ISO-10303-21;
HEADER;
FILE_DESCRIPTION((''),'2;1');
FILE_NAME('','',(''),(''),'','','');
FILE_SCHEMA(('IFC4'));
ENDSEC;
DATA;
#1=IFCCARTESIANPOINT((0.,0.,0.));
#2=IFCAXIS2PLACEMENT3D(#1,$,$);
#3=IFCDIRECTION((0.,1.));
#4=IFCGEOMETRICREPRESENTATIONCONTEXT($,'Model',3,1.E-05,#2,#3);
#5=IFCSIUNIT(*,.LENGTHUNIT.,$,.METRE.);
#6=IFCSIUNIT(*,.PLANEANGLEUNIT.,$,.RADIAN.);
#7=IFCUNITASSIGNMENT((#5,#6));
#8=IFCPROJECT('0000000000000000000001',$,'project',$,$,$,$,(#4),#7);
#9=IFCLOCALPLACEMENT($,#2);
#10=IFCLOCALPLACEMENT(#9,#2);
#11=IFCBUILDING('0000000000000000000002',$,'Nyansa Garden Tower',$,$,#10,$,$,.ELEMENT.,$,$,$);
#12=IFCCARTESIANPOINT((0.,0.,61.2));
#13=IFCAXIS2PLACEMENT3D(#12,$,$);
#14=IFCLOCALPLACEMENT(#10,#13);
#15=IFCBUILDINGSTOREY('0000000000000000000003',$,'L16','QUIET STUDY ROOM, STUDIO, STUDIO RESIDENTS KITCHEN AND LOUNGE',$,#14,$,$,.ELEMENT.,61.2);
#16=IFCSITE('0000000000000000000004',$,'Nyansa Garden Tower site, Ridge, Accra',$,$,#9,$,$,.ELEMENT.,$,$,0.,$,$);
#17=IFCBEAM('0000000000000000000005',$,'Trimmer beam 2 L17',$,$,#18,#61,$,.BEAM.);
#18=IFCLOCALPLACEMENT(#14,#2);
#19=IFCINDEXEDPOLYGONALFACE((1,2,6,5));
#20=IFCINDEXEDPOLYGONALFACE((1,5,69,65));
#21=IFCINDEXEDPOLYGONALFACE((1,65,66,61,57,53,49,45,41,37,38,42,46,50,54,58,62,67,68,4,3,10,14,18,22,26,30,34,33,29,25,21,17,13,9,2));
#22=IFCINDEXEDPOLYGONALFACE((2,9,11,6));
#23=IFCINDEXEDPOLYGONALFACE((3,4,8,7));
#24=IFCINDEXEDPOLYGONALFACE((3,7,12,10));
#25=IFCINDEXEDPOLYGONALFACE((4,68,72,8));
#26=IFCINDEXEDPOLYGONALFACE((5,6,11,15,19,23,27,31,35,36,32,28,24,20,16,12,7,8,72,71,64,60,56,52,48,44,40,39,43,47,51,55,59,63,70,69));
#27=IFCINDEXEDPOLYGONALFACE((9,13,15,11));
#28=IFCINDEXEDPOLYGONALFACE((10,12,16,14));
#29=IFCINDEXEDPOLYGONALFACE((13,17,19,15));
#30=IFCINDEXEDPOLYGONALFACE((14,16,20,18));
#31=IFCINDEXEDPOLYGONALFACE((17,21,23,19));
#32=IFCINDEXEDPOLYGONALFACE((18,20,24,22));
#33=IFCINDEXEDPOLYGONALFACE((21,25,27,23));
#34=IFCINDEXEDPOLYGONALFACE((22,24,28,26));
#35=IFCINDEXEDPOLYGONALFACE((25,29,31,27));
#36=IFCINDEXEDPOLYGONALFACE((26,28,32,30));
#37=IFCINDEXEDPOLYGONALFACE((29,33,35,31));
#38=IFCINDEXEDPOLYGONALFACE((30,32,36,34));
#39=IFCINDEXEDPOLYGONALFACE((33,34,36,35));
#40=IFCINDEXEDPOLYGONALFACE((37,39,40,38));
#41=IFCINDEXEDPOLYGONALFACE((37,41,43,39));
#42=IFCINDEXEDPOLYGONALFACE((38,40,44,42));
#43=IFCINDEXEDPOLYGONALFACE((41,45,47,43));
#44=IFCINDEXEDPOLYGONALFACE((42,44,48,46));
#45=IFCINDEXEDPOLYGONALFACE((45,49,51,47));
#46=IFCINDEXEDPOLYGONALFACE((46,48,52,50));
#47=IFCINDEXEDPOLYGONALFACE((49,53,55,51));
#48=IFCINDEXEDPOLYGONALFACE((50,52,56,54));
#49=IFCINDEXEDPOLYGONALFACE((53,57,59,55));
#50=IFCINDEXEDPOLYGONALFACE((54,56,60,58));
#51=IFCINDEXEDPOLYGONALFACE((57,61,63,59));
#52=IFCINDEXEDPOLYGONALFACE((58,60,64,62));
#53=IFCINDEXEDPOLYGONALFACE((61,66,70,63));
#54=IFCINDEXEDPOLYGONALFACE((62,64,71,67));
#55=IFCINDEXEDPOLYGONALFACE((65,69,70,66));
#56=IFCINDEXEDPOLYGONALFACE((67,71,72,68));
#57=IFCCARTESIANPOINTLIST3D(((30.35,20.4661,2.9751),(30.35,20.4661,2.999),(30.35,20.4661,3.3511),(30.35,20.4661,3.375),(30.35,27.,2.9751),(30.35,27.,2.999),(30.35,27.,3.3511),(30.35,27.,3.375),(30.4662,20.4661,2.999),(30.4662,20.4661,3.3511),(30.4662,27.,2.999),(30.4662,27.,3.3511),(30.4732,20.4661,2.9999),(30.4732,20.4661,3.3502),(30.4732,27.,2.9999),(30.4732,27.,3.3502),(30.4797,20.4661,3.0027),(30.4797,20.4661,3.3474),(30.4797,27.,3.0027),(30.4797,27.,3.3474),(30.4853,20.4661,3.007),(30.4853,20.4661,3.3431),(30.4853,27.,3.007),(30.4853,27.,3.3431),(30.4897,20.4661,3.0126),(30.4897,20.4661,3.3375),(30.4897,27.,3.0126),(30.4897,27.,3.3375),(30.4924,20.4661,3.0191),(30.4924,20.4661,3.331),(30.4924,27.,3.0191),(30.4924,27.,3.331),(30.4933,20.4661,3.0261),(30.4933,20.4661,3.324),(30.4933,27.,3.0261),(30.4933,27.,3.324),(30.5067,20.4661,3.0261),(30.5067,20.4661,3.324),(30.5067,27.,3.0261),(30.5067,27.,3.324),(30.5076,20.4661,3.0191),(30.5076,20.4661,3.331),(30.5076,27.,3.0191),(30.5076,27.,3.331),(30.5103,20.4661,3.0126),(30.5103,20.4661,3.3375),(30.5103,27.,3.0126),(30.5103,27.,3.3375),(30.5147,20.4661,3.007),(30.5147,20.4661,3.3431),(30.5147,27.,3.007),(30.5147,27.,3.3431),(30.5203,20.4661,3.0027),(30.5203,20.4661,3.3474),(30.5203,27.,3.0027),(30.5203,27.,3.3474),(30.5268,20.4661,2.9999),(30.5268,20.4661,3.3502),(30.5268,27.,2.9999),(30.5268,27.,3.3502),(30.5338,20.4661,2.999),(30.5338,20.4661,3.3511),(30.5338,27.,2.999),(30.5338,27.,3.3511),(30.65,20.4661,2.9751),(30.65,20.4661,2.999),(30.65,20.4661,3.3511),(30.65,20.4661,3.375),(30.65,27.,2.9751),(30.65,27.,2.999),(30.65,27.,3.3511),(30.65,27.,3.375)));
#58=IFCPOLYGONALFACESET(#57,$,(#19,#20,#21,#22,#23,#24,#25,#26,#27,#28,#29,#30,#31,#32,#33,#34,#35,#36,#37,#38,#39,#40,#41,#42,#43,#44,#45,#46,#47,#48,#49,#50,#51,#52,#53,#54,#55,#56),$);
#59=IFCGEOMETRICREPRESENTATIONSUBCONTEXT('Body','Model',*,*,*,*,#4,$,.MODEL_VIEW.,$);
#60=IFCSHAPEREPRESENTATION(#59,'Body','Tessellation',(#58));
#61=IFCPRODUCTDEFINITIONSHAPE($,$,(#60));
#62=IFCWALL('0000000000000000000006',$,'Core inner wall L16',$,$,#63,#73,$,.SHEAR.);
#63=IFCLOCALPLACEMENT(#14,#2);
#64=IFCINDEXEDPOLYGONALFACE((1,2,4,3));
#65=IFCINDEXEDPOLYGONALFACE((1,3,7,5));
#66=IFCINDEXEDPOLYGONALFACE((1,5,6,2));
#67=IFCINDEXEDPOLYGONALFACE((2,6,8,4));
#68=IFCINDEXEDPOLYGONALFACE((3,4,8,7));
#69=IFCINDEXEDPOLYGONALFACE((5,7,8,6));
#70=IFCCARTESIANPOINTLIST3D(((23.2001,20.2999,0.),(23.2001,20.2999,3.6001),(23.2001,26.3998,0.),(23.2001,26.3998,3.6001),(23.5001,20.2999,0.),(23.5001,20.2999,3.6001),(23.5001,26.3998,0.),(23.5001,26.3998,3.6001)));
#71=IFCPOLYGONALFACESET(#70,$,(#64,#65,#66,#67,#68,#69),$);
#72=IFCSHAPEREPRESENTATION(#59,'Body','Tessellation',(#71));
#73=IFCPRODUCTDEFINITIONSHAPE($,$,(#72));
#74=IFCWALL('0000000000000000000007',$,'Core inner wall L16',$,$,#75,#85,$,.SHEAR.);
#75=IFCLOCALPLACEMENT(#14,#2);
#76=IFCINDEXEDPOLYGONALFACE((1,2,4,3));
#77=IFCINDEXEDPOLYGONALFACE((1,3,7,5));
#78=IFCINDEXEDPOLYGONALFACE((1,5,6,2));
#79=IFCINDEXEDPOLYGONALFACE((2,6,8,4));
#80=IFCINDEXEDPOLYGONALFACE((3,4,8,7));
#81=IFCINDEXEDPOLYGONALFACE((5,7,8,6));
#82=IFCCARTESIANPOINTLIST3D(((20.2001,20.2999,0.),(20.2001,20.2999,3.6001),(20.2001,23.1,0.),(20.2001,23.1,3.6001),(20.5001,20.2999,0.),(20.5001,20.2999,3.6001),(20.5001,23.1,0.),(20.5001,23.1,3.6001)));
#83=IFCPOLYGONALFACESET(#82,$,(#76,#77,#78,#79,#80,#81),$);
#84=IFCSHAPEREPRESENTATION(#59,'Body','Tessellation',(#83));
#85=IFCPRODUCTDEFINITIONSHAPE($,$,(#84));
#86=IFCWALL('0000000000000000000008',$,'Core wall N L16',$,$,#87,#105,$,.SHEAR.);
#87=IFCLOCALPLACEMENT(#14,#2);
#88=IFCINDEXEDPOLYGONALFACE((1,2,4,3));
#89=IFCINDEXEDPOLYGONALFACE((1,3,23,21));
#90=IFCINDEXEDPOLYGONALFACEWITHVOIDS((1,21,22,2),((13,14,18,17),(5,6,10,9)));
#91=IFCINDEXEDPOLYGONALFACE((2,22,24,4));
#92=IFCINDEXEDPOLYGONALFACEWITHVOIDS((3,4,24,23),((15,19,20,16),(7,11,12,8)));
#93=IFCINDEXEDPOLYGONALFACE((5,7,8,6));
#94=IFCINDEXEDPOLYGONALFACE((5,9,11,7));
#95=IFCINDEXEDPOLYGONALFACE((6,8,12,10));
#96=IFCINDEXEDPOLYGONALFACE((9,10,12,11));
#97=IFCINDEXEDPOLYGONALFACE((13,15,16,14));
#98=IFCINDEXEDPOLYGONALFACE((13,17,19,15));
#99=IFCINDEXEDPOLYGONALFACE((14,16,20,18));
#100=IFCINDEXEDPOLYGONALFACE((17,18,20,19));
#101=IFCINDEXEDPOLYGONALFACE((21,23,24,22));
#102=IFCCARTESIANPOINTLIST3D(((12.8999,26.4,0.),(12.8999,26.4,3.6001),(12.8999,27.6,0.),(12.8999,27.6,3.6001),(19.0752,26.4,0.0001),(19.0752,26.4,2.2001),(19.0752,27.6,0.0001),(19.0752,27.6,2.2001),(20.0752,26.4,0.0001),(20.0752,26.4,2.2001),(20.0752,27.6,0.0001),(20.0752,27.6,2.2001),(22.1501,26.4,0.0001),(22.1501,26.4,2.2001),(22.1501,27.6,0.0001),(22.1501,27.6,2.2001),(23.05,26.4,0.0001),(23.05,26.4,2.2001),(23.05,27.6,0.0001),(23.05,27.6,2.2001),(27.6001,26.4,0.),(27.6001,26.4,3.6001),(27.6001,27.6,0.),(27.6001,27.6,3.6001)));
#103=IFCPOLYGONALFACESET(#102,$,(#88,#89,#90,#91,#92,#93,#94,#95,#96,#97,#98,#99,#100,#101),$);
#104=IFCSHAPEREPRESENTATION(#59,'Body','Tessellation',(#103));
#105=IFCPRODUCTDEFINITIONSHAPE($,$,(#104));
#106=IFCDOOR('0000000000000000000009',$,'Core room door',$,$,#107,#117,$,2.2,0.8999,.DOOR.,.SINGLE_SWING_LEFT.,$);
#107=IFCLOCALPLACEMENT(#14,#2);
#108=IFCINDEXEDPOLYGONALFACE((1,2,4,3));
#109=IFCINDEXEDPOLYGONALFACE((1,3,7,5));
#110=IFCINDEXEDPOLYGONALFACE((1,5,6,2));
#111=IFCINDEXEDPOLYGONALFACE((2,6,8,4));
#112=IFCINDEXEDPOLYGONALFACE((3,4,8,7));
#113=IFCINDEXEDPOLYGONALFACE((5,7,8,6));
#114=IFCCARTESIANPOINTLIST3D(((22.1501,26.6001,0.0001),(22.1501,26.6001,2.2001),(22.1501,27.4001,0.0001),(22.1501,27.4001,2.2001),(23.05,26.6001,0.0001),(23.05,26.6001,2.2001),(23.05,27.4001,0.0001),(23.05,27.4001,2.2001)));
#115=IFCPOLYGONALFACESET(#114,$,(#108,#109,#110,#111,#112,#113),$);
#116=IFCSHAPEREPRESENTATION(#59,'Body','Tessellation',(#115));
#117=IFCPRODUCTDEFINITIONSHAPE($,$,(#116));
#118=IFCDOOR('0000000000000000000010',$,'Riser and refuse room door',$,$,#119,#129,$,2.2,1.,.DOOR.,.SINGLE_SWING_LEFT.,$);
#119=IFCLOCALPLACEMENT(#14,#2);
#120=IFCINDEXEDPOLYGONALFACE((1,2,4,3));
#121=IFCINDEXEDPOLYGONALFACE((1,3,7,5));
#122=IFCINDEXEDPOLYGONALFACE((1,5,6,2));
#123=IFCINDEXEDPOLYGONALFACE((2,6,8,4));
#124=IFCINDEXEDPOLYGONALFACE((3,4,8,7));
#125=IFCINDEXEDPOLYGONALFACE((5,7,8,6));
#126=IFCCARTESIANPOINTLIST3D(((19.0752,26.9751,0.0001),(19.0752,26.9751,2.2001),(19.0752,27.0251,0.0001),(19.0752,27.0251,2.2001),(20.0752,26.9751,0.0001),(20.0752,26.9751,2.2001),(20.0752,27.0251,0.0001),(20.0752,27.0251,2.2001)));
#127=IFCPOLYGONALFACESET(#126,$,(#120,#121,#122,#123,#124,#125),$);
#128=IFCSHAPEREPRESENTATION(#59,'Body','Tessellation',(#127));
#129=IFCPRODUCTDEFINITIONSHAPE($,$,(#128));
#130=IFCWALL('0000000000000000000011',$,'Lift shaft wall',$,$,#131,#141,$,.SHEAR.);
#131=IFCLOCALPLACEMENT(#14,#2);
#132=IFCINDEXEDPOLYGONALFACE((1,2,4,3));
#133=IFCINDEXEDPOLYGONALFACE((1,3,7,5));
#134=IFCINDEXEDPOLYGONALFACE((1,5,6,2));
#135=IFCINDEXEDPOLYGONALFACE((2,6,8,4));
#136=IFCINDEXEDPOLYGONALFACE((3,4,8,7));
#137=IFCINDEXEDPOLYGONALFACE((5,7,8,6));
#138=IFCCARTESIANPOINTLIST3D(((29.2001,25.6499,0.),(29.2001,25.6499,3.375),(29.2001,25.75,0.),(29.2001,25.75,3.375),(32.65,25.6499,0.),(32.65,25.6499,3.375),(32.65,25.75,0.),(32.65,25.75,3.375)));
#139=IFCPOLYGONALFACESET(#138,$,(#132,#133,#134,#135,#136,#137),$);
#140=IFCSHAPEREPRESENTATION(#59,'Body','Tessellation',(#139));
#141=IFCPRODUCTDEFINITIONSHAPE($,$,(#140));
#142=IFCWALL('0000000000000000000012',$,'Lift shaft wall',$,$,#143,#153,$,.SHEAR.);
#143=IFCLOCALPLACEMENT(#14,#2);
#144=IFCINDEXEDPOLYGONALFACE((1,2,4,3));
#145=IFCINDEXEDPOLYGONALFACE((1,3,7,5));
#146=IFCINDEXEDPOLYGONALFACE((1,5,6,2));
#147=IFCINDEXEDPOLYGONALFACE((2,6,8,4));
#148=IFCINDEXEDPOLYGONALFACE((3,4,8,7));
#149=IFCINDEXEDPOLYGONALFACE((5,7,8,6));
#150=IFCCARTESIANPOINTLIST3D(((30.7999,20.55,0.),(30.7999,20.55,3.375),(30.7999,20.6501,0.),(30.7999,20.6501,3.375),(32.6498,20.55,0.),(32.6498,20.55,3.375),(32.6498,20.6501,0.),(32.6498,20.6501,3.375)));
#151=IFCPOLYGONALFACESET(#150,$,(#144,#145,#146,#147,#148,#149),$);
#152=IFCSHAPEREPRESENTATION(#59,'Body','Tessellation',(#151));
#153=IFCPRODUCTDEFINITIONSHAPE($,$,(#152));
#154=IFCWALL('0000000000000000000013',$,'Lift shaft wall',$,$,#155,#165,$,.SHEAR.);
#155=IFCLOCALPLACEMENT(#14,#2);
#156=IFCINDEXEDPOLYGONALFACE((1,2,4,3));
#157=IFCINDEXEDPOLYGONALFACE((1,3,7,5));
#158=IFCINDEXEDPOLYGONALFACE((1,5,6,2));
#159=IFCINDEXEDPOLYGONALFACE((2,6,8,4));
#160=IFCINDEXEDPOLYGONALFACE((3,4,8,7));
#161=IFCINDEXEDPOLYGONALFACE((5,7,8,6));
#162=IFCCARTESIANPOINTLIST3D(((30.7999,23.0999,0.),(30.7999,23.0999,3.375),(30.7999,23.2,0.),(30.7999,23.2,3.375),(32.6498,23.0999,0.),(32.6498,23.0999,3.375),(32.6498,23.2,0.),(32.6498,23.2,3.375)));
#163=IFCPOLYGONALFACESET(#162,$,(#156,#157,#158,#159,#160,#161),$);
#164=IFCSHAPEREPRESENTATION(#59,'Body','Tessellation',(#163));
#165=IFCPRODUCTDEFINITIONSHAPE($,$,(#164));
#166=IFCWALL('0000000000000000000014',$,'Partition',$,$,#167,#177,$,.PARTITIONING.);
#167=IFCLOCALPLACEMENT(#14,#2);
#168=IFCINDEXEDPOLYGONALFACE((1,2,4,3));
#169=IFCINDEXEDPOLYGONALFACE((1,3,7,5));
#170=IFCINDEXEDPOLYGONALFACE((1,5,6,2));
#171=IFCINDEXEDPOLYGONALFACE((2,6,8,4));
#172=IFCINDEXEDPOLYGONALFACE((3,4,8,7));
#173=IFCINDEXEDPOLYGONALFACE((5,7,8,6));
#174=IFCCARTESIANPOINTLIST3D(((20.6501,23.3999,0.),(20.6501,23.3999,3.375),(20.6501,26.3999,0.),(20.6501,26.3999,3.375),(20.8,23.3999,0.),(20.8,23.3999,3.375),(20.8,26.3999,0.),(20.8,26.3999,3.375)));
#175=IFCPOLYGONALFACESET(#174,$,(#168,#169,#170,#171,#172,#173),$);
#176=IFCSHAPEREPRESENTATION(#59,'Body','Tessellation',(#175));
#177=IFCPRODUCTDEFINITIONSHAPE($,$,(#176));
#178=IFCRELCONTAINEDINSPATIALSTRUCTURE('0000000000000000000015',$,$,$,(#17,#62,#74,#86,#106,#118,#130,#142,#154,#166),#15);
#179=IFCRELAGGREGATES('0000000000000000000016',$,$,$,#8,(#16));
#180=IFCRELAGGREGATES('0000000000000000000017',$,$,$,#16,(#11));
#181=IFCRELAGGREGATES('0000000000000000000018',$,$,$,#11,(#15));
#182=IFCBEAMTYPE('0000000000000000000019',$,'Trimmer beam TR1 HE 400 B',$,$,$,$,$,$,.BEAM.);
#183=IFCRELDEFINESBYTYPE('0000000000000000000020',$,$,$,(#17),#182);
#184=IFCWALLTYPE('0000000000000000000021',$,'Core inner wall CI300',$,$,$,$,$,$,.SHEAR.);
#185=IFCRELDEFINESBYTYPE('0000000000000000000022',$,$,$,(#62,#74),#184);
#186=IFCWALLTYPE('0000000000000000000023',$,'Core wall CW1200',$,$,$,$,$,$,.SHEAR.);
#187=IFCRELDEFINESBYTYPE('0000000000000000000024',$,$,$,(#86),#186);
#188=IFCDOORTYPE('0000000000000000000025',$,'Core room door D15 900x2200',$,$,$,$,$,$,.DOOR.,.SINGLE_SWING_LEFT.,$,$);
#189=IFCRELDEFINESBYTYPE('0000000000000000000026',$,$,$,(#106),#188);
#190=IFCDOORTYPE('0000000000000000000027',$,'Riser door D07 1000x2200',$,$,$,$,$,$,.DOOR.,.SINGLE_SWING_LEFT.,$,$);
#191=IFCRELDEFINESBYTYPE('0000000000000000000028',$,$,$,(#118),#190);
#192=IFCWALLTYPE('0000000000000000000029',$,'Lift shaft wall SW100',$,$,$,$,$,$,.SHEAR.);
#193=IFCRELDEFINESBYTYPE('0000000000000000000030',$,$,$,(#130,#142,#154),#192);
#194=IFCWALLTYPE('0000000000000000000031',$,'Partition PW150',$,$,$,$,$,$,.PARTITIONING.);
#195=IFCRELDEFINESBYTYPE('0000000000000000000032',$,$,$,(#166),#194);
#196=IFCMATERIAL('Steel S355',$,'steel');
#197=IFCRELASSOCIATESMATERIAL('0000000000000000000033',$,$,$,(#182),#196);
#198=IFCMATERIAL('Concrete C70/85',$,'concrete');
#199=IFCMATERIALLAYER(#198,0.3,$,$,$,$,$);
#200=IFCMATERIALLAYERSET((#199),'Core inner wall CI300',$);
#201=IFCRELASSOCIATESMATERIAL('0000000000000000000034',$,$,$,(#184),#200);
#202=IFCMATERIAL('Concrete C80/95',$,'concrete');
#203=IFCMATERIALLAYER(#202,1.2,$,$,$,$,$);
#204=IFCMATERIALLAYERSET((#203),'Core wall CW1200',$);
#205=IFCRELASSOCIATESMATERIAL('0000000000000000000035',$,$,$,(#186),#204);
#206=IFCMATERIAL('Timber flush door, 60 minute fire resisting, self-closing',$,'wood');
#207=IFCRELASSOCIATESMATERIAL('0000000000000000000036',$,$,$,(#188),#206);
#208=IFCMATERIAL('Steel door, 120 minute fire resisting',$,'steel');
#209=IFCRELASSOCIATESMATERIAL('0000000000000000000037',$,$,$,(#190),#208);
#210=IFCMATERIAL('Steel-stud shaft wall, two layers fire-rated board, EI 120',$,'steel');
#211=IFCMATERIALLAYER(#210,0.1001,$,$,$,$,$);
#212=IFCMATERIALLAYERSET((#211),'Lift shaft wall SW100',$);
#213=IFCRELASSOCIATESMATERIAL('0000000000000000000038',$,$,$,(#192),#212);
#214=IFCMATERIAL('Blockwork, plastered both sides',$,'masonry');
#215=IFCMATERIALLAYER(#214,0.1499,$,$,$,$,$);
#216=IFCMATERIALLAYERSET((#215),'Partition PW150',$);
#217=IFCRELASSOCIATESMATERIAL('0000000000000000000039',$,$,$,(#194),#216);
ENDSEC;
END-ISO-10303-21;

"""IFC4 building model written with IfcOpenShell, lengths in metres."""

from ifc_helpers import new_model, si_unit, direction, frame, frame_2d, origin, origin_2d, place, context, subcontext, project, spatial, rectangle, i_section, extrude, material, layer, layer_set, material_profile, profile_set, type_object, element, fill, save


model = new_model("IFC4")

# Units and contexts
model_context = context("Model", 3, precision=1e-05, world=origin(), true_north=direction((0.0, 1.0)))
body_context = subcontext(model_context, "Body", "Model", "MODEL_VIEW")
ifc_project = project(units=[si_unit("LENGTHUNIT", "METRE"), si_unit("PLANEANGLEUNIT", "RADIAN")], contexts=[model_context])

# Site, building, storey
site_placement = place(None, origin())
site = spatial("IfcSite", under=ifc_project, at=site_placement, Name="Nyansa Garden Tower site, Ridge, Accra", CompositionType="ELEMENT", RefElevation=0.0)
building_placement = place(site_placement, origin())
building = spatial("IfcBuilding", under=site, at=building_placement, Name="Nyansa Garden Tower", CompositionType="ELEMENT")
storey_placement = place(building_placement, frame((0.0, 0.0, 61.2)))
storey = spatial("IfcBuildingStorey", under=building, at=storey_placement, Name="L16", Description="QUIET STUDY ROOM, STUDIO, STUDIO RESIDENTS KITCHEN AND LOUNGE", CompositionType="ELEMENT", Elevation=61.2)

# Beam
ifc_material_1 = material(Name="Steel S355", Category="steel")
ifc_material_profile_1 = material_profile(ifc_material_1, i_section(OverallWidth=0.3, OverallDepth=0.3999, WebThickness=0.0134, FlangeThickness=0.0239, FilletRadius=0.0271, at=origin_2d()), Name="HE 400 B")
ifc_profile_set_1 = profile_set([ifc_material_profile_1], Name="Steel S355")
beam_type_1 = type_object("IfcBeamType", Name="Trimmer beam TR1 HE 400 B", PredefinedType="BEAM", material=ifc_profile_set_1)
beam_1_placement = place(storey_placement, frame((30.5, 20.4661, 3.175), z_axis=(0.0, 1.0, 0.0), x_axis=(-1.0, 0.0, 0.0)))
element("IfcBeam", 1, at=beam_1_placement, inside=storey, type_object=beam_type_1, Name="Trimmer beam 2 L17", PredefinedType="BEAM", context=body_context, shape_type="SweptSolid", body=[
    extrude(i_section(OverallWidth=0.3, OverallDepth=0.3999, WebThickness=0.0134, FlangeThickness=0.0239, FilletRadius=0.0271, at=origin_2d()), origin(), (0.0, 0.0, 1.0), 6.5339),
])

# Walls
ifc_material_2 = material(Name="Concrete C70/85", Category="concrete")
ifc_layer_1 = layer(ifc_material_2, 0.3)
ifc_layer_set_1 = layer_set([ifc_layer_1], Name="Core inner wall CI300")
wall_type_1 = type_object("IfcWallType", Name="Core inner wall CI300", PredefinedType="SHEAR", material=ifc_layer_set_1)
wall_1_placement = place(storey_placement, frame((23.3501, 20.3, 0.0), z_axis=(0.0, 0.0, 1.0), x_axis=(0.0, 1.0, 0.0)))
element("IfcWall", 2, at=wall_1_placement, inside=storey, type_object=wall_type_1, Name="Core inner wall L16", PredefinedType="SHEAR", context=body_context, shape_type="SweptSolid", body=[
    extrude(rectangle(XDim=6.0999, YDim=0.3, at=frame_2d((3.0498, 0.0))), origin(), (0.0, 0.0, 1.0), 3.6001),
])
wall_2_placement = place(storey_placement, frame((20.3501, 20.3, 0.0), z_axis=(0.0, 0.0, 1.0), x_axis=(0.0, 1.0, 0.0)))
element("IfcWall", 3, at=wall_2_placement, inside=storey, type_object=wall_type_1, Name="Core inner wall L16", PredefinedType="SHEAR", context=body_context, shape_type="SweptSolid", body=[
    extrude(rectangle(XDim=2.8, YDim=0.3, at=frame_2d((1.3999, 0.0))), origin(), (0.0, 0.0, 1.0), 3.6001),
])

# Wall, openings, doors
ifc_material_3 = material(Name="Concrete C80/95", Category="concrete")
ifc_layer_2 = layer(ifc_material_3, 1.2)
ifc_layer_set_2 = layer_set([ifc_layer_2], Name="Core wall CW1200")
wall_type_2 = type_object("IfcWallType", Name="Core wall CW1200", PredefinedType="SHEAR", material=ifc_layer_set_2)
wall_3_placement = place(storey_placement, frame((27.6001, 27.0, 0.0), z_axis=(0.0, 0.0, 1.0), x_axis=(-1.0, 0.0, 0.0)))
wall_3 = element("IfcWall", 4, at=wall_3_placement, inside=storey, type_object=wall_type_2, Name="Core wall N L16", PredefinedType="SHEAR", context=body_context, shape_type="SweptSolid", body=[
    extrude(rectangle(XDim=14.7002, YDim=1.2, at=frame_2d((7.3501, 0.0))), origin(), (0.0, 0.0, 1.0), 3.6001),
])
opening_1_placement = place(wall_3_placement, frame((4.55, 0.0, 0.0)))
opening_1 = element("IfcOpeningElement", 5, at=opening_1_placement, cuts=wall_3, PredefinedType="OPENING", context=body_context, shape_type="SweptSolid", body=[
    extrude(rectangle(XDim=0.8999, YDim=2.2, at=frame_2d((0.45, 1.1001))), frame((0.0, 0.6099, 0.0), z_axis=(0.0, -1.0, 0.0), x_axis=(1.0, 0.0, 0.0)), (0.0, 0.0, 1.0), 1.22),
])
opening_2_placement = place(wall_3_placement, frame((7.5249, 0.0, 0.0)))
opening_2 = element("IfcOpeningElement", 6, at=opening_2_placement, cuts=wall_3, PredefinedType="OPENING", context=body_context, shape_type="SweptSolid", body=[
    extrude(rectangle(XDim=1.0, YDim=2.2, at=frame_2d((0.5, 1.1001))), frame((0.0, 0.6099, 0.0), z_axis=(0.0, -1.0, 0.0), x_axis=(1.0, 0.0, 0.0)), (0.0, 0.0, 1.0), 1.22),
])
ifc_material_4 = material(Name="Timber flush door, 60 minute fire resisting, self-closing", Category="wood")
door_type_1 = type_object("IfcDoorType", Name="Core room door D15 900x2200", OperationType="SINGLE_SWING_LEFT", PredefinedType="DOOR", material=ifc_material_4)
door_1_placement = place(opening_1_placement, origin())
door_1 = element("IfcDoor", 7, at=door_1_placement, inside=storey, type_object=door_type_1, Name="Core room door", OperationType="SINGLE_SWING_LEFT", OverallHeight=2.2, OverallWidth=0.8999, PredefinedType="DOOR", context=body_context, shape_type="SweptSolid", body=[
    extrude(rectangle(XDim=0.8999, YDim=2.2, at=frame_2d((0.45, 1.1001))), frame((0.0, 0.3999, 0.0), z_axis=(0.0, -1.0, 0.0), x_axis=(1.0, 0.0, 0.0)), (0.0, 0.0, 1.0), 0.8),
])
fill(opening_1, door_1)
ifc_material_5 = material(Name="Steel door, 120 minute fire resisting", Category="steel")
door_type_2 = type_object("IfcDoorType", Name="Riser door D07 1000x2200", OperationType="SINGLE_SWING_LEFT", PredefinedType="DOOR", material=ifc_material_5)
door_2_placement = place(opening_2_placement, origin())
door_2 = element("IfcDoor", 8, at=door_2_placement, inside=storey, type_object=door_type_2, Name="Riser and refuse room door", OperationType="SINGLE_SWING_LEFT", OverallHeight=2.2, OverallWidth=1.0, PredefinedType="DOOR", context=body_context, shape_type="SweptSolid", body=[
    extrude(rectangle(XDim=1.0, YDim=2.2, at=frame_2d((0.5, 1.1001))), frame((0.0, 0.0249, 0.0), z_axis=(0.0, -1.0, 0.0), x_axis=(1.0, 0.0, 0.0)), (0.0, 0.0, 1.0), 0.05),
])
fill(opening_2, door_2)

# Walls
ifc_material_6 = material(Name="Steel-stud shaft wall, two layers fire-rated board, EI 120", Category="steel")
ifc_layer_3 = layer(ifc_material_6, 0.1001)
ifc_layer_set_3 = layer_set([ifc_layer_3], Name="Lift shaft wall SW100")
wall_type_3 = type_object("IfcWallType", Name="Lift shaft wall SW100", PredefinedType="SHEAR", material=ifc_layer_set_3)
wall_4_placement = place(storey_placement, frame((29.2, 25.7, 0.0), z_axis=(0.0, 0.0, 1.0), x_axis=(1.0, 0.0, 0.0)))
element("IfcWall", 9, at=wall_4_placement, inside=storey, type_object=wall_type_3, Name="Lift shaft wall", PredefinedType="SHEAR", context=body_context, shape_type="SweptSolid", body=[
    extrude(rectangle(XDim=3.45, YDim=0.1001, at=frame_2d((1.7251, 0.0))), origin(), (0.0, 0.0, 1.0), 3.375),
])
for number, where, z_axis, x_axis, name in (
    (10, (30.8, 20.6001, 0.0), (0.0, 0.0, 1.0), (1.0, 0.0, 0.0), "Lift shaft wall"),
    (11, (30.8, 23.1499, 0.0), (0.0, 0.0, 1.0), (1.0, 0.0, 0.0), "Lift shaft wall"),
):
    element("IfcWall", number, at=place(storey_placement, frame(where, z_axis=z_axis, x_axis=x_axis)), inside=storey, type_object=wall_type_3, Name=name, PredefinedType="SHEAR", context=body_context, shape_type="SweptSolid", body=[
        extrude(rectangle(XDim=1.8499, YDim=0.1001, at=frame_2d((0.9248, 0.0))), origin(), (0.0, 0.0, 1.0), 3.375),
    ])
ifc_material_7 = material(Name="Blockwork, plastered both sides", Category="masonry")
ifc_layer_4 = layer(ifc_material_7, 0.1499)
ifc_layer_set_4 = layer_set([ifc_layer_4], Name="Partition PW150")
wall_type_4 = type_object("IfcWallType", Name="Partition PW150", PredefinedType="PARTITIONING", material=ifc_layer_set_4)
wall_5_placement = place(storey_placement, frame((20.7251, 23.3999, 0.0), z_axis=(0.0, 0.0, 1.0), x_axis=(0.0, 1.0, 0.0)))
element("IfcWall", 12, at=wall_5_placement, inside=storey, type_object=wall_type_4, Name="Partition", PredefinedType="PARTITIONING", context=body_context, shape_type="SweptSolid", body=[
    extrude(rectangle(XDim=3.0, YDim=0.1499, at=frame_2d((1.5, 0.0))), origin(), (0.0, 0.0, 1.0), 3.375),
])

save(model, "model.ifc")
